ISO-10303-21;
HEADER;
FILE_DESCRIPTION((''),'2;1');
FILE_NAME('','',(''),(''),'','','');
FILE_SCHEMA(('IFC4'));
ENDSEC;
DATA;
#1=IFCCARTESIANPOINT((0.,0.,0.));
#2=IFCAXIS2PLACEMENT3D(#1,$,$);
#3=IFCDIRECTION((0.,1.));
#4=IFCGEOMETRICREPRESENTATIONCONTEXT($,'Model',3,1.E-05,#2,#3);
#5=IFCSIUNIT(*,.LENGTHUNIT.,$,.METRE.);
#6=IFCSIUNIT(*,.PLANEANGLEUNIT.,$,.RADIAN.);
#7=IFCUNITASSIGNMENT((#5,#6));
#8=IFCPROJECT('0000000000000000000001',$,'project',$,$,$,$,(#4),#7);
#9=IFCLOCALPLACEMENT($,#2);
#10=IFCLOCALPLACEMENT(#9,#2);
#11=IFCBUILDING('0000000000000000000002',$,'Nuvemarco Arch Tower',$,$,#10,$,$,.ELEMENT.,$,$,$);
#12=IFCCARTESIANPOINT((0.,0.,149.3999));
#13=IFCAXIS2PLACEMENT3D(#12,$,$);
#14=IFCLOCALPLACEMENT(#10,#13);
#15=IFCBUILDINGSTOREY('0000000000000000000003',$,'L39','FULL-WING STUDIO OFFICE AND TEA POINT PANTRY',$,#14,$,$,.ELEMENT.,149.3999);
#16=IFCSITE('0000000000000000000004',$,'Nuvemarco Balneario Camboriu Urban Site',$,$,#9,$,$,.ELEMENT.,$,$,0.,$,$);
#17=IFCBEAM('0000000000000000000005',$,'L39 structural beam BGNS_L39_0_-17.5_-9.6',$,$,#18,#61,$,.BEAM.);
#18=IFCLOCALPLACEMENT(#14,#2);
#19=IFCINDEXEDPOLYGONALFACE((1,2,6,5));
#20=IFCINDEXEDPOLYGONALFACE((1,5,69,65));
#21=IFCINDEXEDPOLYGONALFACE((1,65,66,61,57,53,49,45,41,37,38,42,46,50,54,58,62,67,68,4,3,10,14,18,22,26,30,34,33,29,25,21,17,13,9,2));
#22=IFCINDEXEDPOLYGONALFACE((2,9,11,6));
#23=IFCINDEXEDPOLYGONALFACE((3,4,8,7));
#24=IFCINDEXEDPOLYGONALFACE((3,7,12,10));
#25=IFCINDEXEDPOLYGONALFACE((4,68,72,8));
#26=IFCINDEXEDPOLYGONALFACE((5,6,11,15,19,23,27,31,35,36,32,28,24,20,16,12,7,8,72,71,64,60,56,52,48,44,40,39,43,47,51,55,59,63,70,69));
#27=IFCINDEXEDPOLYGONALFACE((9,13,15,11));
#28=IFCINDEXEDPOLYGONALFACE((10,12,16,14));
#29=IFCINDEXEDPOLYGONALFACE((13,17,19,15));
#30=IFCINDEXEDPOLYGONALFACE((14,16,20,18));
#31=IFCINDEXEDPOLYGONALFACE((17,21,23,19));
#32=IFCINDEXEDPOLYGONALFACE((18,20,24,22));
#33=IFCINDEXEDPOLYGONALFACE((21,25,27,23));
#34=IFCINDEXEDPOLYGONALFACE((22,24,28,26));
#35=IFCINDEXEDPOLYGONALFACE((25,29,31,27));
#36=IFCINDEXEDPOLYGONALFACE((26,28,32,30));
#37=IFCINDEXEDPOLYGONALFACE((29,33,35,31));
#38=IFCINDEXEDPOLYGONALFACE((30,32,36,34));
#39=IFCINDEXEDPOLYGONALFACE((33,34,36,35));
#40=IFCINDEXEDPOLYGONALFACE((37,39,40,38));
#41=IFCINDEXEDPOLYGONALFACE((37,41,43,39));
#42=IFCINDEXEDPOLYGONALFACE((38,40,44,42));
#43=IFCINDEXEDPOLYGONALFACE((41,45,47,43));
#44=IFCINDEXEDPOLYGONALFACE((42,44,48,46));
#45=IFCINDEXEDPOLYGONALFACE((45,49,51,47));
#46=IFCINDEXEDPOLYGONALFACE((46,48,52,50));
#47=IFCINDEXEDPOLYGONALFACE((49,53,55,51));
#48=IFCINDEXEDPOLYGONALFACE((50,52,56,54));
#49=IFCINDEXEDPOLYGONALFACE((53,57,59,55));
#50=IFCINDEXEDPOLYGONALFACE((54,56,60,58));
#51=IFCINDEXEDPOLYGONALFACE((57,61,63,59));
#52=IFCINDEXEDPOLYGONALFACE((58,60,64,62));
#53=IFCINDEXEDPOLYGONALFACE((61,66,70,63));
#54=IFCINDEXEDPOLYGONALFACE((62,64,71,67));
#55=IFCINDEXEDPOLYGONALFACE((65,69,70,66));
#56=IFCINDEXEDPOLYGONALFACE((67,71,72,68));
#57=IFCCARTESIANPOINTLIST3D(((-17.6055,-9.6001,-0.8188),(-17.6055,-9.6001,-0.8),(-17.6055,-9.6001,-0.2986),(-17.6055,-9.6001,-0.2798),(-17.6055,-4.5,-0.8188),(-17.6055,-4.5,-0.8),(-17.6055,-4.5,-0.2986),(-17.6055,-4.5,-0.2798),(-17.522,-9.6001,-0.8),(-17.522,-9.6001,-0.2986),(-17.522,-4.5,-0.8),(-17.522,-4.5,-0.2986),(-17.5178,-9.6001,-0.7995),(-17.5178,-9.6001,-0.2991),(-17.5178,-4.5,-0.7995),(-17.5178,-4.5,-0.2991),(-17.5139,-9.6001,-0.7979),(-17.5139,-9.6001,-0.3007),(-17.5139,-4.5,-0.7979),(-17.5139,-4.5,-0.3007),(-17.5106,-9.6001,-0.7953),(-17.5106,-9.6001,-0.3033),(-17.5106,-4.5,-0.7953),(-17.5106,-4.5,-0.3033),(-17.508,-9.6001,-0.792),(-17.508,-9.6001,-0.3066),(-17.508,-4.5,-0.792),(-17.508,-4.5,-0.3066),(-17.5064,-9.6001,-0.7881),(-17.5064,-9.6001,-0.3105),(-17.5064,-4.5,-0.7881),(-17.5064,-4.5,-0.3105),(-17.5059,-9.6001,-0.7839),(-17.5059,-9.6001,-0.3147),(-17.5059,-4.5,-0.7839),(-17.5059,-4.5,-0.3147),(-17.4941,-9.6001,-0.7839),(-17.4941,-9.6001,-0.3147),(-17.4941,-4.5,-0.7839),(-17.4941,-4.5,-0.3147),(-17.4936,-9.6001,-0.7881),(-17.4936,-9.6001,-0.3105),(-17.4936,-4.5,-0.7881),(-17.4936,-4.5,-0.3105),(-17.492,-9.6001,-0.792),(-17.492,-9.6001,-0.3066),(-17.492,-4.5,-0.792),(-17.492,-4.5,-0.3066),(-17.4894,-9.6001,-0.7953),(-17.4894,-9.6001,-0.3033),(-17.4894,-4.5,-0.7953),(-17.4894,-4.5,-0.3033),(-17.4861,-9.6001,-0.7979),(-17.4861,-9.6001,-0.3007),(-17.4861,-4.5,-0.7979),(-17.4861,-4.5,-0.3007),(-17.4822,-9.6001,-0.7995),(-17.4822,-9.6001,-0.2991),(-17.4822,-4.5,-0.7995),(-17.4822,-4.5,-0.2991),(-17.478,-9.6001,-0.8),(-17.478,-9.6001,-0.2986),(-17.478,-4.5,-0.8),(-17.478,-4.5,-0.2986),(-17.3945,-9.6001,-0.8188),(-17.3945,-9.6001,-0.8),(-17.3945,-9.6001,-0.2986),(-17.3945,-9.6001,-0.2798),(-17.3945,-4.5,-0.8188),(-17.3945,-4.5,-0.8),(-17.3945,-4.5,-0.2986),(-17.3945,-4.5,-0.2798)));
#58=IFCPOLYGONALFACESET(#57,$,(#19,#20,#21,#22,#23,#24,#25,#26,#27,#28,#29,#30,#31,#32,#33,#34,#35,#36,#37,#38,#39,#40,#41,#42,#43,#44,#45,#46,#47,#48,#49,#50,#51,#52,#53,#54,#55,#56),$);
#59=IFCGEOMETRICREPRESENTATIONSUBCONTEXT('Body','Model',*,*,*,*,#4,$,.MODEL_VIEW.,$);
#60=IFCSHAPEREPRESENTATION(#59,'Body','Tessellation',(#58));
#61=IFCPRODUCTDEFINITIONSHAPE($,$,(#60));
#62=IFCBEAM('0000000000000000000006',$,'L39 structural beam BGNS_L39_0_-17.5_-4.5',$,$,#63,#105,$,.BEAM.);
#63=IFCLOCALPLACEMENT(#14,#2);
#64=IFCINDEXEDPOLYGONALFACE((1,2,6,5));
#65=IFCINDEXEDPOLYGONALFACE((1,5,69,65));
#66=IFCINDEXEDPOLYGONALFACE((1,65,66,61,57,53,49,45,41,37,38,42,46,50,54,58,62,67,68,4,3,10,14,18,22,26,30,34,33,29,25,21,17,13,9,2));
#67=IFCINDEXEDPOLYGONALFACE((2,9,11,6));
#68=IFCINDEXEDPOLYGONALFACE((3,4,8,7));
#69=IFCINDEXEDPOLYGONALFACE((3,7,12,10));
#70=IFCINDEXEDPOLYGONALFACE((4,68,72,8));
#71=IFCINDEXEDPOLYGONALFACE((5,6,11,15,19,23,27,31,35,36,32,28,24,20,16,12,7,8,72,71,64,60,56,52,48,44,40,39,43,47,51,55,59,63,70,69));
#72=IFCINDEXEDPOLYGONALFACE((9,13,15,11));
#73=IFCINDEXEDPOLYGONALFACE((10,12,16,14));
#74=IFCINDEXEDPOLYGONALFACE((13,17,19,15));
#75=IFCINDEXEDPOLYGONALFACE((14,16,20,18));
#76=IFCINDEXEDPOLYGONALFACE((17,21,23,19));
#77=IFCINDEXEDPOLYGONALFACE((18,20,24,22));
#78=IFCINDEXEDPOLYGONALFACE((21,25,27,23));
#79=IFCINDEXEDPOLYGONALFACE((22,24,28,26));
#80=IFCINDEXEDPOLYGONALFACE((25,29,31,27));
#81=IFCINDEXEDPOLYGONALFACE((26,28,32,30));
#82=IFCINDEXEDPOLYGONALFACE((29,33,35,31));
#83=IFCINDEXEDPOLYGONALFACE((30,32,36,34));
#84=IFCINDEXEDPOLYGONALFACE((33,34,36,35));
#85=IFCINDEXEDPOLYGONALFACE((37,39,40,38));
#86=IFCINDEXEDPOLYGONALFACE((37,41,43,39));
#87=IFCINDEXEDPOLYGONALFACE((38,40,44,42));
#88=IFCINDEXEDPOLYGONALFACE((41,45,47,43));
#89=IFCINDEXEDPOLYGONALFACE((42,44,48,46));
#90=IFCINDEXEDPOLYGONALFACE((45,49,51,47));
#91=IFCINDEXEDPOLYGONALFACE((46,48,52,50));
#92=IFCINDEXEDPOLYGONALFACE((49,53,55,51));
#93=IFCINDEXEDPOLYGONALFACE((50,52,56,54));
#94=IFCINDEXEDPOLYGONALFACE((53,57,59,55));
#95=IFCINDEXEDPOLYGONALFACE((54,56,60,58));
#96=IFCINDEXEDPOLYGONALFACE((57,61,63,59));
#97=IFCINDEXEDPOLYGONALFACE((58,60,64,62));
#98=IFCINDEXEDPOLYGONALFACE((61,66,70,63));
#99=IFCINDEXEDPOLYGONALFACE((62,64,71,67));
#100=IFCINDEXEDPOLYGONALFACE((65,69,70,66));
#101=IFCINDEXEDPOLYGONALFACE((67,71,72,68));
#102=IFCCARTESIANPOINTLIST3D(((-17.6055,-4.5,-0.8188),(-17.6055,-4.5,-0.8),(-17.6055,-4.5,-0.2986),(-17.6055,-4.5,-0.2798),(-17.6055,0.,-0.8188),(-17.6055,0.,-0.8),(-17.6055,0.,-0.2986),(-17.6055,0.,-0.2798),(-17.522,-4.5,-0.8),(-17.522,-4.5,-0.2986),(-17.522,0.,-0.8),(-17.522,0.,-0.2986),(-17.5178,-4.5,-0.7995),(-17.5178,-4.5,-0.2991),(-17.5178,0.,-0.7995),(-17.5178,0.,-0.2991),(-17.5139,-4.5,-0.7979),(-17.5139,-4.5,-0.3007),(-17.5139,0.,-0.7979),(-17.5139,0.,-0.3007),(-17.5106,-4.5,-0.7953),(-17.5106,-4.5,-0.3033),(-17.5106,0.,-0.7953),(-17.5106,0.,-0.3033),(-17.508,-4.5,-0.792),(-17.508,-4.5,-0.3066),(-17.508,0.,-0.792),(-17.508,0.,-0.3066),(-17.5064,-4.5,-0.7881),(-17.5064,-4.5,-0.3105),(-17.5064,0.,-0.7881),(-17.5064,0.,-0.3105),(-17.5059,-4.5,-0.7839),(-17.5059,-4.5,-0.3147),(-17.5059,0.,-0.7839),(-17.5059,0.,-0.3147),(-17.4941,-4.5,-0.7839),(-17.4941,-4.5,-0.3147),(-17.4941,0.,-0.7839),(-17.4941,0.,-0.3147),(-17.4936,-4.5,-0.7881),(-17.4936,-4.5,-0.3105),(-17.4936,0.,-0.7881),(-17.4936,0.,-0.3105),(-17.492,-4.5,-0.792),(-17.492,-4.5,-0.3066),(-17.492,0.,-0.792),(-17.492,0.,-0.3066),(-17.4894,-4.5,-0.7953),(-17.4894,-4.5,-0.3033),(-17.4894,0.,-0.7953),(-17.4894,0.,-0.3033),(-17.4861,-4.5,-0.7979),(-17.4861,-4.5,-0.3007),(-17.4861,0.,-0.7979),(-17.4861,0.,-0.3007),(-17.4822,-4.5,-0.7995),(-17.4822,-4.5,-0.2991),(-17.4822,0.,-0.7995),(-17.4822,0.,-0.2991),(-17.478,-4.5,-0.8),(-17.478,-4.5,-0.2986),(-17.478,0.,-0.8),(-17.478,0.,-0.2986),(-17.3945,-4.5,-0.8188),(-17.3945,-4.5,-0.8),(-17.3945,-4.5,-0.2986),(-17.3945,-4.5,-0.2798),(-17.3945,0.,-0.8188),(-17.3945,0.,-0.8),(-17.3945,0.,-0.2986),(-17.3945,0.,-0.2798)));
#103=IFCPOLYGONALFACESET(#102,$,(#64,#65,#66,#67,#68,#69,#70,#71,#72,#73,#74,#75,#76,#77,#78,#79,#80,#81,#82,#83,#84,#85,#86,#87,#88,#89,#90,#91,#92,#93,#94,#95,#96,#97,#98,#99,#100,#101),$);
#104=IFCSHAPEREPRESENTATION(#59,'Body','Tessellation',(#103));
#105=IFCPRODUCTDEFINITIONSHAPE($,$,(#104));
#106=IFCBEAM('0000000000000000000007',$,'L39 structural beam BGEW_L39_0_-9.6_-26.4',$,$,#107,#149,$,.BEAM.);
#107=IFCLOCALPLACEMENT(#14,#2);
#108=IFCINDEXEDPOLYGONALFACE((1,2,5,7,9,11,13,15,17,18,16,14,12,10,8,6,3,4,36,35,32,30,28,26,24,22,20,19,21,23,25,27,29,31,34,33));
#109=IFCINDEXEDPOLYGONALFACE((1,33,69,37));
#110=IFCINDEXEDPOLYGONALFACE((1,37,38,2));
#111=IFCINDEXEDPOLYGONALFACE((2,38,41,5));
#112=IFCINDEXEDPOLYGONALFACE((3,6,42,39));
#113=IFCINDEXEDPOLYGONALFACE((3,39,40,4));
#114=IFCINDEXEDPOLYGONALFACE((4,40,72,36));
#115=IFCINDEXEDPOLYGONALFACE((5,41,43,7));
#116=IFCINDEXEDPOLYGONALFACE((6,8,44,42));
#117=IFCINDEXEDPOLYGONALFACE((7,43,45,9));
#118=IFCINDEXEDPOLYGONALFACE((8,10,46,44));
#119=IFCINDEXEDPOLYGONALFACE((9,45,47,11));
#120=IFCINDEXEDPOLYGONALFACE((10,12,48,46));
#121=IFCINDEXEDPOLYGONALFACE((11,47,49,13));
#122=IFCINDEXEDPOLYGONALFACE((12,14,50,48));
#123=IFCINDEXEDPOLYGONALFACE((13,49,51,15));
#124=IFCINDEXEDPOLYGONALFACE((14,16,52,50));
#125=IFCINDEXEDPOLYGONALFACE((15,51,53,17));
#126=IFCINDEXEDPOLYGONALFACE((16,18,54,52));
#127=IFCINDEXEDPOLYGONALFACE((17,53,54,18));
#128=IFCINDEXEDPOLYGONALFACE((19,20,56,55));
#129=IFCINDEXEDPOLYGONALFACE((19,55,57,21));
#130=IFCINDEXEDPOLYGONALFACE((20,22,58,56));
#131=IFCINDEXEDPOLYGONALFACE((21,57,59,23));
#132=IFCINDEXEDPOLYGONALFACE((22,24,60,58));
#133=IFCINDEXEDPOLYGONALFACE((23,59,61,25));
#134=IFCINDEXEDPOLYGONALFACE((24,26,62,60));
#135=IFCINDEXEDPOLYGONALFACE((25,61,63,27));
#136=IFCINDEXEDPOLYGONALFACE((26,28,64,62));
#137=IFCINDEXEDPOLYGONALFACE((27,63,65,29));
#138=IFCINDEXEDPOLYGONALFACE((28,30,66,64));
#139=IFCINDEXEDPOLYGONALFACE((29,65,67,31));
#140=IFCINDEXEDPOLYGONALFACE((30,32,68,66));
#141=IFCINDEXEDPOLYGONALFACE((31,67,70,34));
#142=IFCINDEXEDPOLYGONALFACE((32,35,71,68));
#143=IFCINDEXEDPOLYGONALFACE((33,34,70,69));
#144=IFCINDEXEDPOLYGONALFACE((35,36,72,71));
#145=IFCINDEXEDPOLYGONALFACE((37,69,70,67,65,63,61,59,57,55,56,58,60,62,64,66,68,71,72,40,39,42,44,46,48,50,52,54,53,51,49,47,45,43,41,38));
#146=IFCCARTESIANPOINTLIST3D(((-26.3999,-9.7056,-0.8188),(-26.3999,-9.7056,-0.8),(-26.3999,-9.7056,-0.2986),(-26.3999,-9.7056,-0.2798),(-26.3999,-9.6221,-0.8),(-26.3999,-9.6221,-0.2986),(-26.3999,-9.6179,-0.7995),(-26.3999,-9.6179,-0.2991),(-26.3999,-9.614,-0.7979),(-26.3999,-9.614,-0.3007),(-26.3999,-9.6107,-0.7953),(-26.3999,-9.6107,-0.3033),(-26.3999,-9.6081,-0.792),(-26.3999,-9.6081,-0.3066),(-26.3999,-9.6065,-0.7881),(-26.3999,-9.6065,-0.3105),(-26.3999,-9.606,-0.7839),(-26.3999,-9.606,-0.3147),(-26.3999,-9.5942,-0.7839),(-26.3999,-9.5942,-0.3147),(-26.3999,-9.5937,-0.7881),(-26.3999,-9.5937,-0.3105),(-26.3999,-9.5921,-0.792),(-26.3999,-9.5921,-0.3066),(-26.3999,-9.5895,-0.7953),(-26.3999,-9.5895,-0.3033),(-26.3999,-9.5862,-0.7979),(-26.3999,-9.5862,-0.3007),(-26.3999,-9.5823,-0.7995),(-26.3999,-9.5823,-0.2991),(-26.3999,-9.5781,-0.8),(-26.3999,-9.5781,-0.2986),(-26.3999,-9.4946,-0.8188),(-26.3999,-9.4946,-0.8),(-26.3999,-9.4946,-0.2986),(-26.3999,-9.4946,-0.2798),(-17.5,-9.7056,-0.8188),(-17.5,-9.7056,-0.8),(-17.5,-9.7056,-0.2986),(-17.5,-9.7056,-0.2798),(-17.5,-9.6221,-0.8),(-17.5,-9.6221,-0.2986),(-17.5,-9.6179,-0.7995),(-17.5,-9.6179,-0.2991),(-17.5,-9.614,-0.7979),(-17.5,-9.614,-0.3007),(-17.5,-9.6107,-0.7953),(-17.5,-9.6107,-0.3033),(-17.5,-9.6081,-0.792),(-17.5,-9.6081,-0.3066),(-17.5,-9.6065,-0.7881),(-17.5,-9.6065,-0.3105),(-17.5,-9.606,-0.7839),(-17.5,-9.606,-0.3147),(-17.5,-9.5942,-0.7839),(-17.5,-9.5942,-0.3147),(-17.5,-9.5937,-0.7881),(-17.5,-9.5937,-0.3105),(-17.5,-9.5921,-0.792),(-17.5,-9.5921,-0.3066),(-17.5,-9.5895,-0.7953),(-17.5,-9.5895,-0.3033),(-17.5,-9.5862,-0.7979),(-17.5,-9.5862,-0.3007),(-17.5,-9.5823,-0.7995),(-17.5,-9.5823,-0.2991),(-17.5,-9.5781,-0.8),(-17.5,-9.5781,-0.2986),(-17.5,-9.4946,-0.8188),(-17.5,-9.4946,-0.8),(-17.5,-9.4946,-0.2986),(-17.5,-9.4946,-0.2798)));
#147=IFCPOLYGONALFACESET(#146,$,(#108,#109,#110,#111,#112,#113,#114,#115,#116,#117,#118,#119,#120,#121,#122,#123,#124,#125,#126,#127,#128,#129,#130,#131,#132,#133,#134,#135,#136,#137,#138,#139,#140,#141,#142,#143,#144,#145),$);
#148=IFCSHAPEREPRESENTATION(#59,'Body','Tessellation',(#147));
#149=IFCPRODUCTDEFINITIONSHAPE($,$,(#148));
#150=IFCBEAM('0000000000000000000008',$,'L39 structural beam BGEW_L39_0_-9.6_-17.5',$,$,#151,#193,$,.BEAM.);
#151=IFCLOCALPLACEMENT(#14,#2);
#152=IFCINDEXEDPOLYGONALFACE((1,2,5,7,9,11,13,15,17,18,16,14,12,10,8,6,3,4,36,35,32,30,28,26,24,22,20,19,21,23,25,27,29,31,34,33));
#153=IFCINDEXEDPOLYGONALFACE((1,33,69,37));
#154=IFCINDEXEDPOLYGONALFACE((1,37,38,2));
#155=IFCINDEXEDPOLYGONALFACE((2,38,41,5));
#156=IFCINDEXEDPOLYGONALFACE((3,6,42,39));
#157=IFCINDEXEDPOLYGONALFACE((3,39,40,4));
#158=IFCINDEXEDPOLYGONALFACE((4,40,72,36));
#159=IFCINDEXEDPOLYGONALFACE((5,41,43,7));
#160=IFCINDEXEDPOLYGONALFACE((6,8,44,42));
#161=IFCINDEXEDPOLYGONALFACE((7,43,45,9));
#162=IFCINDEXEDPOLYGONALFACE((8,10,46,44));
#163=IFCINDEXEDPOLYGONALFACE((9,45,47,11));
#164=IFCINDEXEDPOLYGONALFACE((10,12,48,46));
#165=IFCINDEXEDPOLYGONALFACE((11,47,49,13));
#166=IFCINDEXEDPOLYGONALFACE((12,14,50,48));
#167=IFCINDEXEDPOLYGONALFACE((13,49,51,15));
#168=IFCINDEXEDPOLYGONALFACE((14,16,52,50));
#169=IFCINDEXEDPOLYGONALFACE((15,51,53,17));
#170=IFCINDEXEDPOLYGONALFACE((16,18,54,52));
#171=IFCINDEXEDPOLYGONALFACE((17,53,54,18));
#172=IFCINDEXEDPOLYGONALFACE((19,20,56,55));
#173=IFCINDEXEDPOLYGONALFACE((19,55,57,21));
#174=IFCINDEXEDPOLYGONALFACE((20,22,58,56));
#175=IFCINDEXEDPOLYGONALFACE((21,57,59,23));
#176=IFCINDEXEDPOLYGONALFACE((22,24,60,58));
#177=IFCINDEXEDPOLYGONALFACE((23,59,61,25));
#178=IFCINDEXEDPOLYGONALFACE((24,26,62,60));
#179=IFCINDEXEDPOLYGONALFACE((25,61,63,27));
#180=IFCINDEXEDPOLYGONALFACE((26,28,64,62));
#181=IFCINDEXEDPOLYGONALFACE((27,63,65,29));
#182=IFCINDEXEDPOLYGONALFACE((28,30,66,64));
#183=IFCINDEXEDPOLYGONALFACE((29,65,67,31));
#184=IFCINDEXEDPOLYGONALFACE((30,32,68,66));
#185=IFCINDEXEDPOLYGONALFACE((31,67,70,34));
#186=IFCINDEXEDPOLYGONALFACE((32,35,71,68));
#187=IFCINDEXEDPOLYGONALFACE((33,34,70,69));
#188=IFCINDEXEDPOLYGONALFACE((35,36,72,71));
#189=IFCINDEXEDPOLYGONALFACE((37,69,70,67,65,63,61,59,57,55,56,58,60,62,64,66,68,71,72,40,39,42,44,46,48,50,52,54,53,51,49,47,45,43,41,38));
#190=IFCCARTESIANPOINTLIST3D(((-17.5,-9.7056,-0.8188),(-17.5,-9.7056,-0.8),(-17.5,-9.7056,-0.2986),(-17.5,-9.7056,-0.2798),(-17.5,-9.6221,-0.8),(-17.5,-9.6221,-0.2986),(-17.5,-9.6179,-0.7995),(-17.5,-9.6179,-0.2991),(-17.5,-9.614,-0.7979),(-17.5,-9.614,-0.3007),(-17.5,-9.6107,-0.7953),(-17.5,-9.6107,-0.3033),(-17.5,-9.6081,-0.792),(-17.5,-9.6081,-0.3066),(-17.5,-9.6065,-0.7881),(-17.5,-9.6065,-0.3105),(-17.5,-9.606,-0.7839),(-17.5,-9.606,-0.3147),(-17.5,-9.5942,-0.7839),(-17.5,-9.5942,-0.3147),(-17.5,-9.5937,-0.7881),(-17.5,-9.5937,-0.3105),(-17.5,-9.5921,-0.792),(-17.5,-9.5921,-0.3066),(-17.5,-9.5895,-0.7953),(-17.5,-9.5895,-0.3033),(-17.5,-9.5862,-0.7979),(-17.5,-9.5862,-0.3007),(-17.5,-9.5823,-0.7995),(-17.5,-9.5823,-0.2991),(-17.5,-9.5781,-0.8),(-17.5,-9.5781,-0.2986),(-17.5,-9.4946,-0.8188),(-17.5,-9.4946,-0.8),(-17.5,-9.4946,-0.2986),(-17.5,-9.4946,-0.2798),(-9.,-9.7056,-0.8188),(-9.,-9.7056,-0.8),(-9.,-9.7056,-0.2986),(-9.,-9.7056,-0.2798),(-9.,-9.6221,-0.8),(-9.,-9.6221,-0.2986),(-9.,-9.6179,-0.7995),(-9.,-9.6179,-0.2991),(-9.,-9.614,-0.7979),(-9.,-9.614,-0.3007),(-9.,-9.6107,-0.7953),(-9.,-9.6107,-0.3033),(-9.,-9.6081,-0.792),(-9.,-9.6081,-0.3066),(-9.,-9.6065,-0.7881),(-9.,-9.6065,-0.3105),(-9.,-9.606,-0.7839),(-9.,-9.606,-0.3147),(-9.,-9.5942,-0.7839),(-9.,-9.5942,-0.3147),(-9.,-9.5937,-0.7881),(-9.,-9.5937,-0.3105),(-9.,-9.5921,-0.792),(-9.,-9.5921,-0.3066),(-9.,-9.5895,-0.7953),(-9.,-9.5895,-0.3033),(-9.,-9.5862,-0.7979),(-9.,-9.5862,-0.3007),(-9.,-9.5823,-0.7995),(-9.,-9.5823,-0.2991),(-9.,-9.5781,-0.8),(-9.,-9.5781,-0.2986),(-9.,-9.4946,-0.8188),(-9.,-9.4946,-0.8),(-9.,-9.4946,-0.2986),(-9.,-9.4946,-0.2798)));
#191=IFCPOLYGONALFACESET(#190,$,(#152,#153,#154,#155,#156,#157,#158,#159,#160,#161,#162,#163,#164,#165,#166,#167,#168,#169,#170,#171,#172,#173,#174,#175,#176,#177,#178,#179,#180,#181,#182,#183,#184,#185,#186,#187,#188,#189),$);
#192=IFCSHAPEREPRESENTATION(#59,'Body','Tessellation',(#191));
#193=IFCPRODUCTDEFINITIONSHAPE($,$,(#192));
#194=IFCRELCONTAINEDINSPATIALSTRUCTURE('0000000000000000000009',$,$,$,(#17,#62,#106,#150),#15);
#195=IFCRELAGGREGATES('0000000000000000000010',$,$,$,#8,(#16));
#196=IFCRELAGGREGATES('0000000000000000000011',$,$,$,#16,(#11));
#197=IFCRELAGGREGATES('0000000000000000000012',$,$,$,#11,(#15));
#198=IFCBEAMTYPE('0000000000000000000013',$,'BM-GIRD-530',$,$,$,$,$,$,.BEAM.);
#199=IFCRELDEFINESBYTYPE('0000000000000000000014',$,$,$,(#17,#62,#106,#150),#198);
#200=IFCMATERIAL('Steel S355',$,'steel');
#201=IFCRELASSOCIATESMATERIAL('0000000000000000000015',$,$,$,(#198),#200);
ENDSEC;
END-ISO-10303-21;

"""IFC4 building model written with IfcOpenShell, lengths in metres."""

from ifc_helpers import new_model, si_unit, direction, frame, origin, origin_2d, place, context, subcontext, project, spatial, i_section, extrude, material, material_profile, profile_set, type_object, element, save


model = new_model("IFC4")

# Units and contexts
model_context = context("Model", 3, precision=1e-05, world=origin(), true_north=direction((0.0, 1.0)))
body_context = subcontext(model_context, "Body", "Model", "MODEL_VIEW")
ifc_project = project(units=[si_unit("LENGTHUNIT", "METRE"), si_unit("PLANEANGLEUNIT", "RADIAN")], contexts=[model_context])

# Site, building, storey
site_placement = place(None, origin())
site = spatial("IfcSite", under=ifc_project, at=site_placement, Name="Nuvemarco Balneario Camboriu Urban Site", CompositionType="ELEMENT", RefElevation=0.0)
building_placement = place(site_placement, origin())
building = spatial("IfcBuilding", under=site, at=building_placement, Name="Nuvemarco Arch Tower", CompositionType="ELEMENT")
storey_placement = place(building_placement, frame((0.0, 0.0, 149.3999)))
storey = spatial("IfcBuildingStorey", under=building, at=storey_placement, Name="L39", Description="FULL-WING STUDIO OFFICE AND TEA POINT PANTRY", CompositionType="ELEMENT", Elevation=149.3999)

# Shared definitions
ifc_material_1 = material(Name="Steel S355", Category="steel")

# Beams
ifc_material_profile_1 = material_profile(ifc_material_1, i_section(OverallWidth=0.2109, OverallDepth=0.5391, WebThickness=0.0117, FlangeThickness=0.0188, FilletRadius=0.0161, at=origin_2d()), Name="W530x109")
ifc_profile_set_1 = profile_set([ifc_material_profile_1], Name="Steel S355")
beam_type_1 = type_object("IfcBeamType", Name="BM-GIRD-530", PredefinedType="BEAM", material=ifc_profile_set_1)
beam_1_placement = place(storey_placement, frame((-17.5, -9.6001, -0.5493), z_axis=(0.0, 1.0, 0.0), x_axis=(-1.0, 0.0, 0.0)))
element("IfcBeam", 1, at=beam_1_placement, inside=storey, type_object=beam_type_1, Name="L39 structural beam BGNS_L39_0_-17.5_-9.6", PredefinedType="BEAM", context=body_context, shape_type="SweptSolid", body=[
    extrude(i_section(OverallWidth=0.2109, OverallDepth=0.5391, WebThickness=0.0117, FlangeThickness=0.0188, FilletRadius=0.0161, at=origin_2d()), origin(), (0.0, 0.0, 1.0), 5.1001),
])
beam_2_placement = place(storey_placement, frame((-17.5, -4.5, -0.5493), z_axis=(0.0, 1.0, 0.0), x_axis=(-1.0, 0.0, 0.0)))
element("IfcBeam", 2, at=beam_2_placement, inside=storey, type_object=beam_type_1, Name="L39 structural beam BGNS_L39_0_-17.5_-4.5", PredefinedType="BEAM", context=body_context, shape_type="SweptSolid", body=[
    extrude(i_section(OverallWidth=0.2109, OverallDepth=0.5391, WebThickness=0.0117, FlangeThickness=0.0188, FilletRadius=0.0161, at=origin_2d()), origin(), (0.0, 0.0, 1.0), 4.5),
])
beam_3_placement = place(storey_placement, frame((-26.3999, -9.6001, -0.5493), z_axis=(1.0, 0.0, 0.0), x_axis=(0.0, 1.0, 0.0)))
element("IfcBeam", 3, at=beam_3_placement, inside=storey, type_object=beam_type_1, Name="L39 structural beam BGEW_L39_0_-9.6_-26.4", PredefinedType="BEAM", context=body_context, shape_type="SweptSolid", body=[
    extrude(i_section(OverallWidth=0.2109, OverallDepth=0.5391, WebThickness=0.0117, FlangeThickness=0.0188, FilletRadius=0.0161, at=origin_2d()), origin(), (0.0, 0.0, 1.0), 8.8999),
])
beam_4_placement = place(storey_placement, frame((-17.5, -9.6001, -0.5493), z_axis=(1.0, 0.0, 0.0), x_axis=(0.0, 1.0, 0.0)))
element("IfcBeam", 4, at=beam_4_placement, inside=storey, type_object=beam_type_1, Name="L39 structural beam BGEW_L39_0_-9.6_-17.5", PredefinedType="BEAM", context=body_context, shape_type="SweptSolid", body=[
    extrude(i_section(OverallWidth=0.2109, OverallDepth=0.5391, WebThickness=0.0117, FlangeThickness=0.0188, FilletRadius=0.0161, at=origin_2d()), origin(), (0.0, 0.0, 1.0), 8.5),
])

save(model, "model.ifc")
